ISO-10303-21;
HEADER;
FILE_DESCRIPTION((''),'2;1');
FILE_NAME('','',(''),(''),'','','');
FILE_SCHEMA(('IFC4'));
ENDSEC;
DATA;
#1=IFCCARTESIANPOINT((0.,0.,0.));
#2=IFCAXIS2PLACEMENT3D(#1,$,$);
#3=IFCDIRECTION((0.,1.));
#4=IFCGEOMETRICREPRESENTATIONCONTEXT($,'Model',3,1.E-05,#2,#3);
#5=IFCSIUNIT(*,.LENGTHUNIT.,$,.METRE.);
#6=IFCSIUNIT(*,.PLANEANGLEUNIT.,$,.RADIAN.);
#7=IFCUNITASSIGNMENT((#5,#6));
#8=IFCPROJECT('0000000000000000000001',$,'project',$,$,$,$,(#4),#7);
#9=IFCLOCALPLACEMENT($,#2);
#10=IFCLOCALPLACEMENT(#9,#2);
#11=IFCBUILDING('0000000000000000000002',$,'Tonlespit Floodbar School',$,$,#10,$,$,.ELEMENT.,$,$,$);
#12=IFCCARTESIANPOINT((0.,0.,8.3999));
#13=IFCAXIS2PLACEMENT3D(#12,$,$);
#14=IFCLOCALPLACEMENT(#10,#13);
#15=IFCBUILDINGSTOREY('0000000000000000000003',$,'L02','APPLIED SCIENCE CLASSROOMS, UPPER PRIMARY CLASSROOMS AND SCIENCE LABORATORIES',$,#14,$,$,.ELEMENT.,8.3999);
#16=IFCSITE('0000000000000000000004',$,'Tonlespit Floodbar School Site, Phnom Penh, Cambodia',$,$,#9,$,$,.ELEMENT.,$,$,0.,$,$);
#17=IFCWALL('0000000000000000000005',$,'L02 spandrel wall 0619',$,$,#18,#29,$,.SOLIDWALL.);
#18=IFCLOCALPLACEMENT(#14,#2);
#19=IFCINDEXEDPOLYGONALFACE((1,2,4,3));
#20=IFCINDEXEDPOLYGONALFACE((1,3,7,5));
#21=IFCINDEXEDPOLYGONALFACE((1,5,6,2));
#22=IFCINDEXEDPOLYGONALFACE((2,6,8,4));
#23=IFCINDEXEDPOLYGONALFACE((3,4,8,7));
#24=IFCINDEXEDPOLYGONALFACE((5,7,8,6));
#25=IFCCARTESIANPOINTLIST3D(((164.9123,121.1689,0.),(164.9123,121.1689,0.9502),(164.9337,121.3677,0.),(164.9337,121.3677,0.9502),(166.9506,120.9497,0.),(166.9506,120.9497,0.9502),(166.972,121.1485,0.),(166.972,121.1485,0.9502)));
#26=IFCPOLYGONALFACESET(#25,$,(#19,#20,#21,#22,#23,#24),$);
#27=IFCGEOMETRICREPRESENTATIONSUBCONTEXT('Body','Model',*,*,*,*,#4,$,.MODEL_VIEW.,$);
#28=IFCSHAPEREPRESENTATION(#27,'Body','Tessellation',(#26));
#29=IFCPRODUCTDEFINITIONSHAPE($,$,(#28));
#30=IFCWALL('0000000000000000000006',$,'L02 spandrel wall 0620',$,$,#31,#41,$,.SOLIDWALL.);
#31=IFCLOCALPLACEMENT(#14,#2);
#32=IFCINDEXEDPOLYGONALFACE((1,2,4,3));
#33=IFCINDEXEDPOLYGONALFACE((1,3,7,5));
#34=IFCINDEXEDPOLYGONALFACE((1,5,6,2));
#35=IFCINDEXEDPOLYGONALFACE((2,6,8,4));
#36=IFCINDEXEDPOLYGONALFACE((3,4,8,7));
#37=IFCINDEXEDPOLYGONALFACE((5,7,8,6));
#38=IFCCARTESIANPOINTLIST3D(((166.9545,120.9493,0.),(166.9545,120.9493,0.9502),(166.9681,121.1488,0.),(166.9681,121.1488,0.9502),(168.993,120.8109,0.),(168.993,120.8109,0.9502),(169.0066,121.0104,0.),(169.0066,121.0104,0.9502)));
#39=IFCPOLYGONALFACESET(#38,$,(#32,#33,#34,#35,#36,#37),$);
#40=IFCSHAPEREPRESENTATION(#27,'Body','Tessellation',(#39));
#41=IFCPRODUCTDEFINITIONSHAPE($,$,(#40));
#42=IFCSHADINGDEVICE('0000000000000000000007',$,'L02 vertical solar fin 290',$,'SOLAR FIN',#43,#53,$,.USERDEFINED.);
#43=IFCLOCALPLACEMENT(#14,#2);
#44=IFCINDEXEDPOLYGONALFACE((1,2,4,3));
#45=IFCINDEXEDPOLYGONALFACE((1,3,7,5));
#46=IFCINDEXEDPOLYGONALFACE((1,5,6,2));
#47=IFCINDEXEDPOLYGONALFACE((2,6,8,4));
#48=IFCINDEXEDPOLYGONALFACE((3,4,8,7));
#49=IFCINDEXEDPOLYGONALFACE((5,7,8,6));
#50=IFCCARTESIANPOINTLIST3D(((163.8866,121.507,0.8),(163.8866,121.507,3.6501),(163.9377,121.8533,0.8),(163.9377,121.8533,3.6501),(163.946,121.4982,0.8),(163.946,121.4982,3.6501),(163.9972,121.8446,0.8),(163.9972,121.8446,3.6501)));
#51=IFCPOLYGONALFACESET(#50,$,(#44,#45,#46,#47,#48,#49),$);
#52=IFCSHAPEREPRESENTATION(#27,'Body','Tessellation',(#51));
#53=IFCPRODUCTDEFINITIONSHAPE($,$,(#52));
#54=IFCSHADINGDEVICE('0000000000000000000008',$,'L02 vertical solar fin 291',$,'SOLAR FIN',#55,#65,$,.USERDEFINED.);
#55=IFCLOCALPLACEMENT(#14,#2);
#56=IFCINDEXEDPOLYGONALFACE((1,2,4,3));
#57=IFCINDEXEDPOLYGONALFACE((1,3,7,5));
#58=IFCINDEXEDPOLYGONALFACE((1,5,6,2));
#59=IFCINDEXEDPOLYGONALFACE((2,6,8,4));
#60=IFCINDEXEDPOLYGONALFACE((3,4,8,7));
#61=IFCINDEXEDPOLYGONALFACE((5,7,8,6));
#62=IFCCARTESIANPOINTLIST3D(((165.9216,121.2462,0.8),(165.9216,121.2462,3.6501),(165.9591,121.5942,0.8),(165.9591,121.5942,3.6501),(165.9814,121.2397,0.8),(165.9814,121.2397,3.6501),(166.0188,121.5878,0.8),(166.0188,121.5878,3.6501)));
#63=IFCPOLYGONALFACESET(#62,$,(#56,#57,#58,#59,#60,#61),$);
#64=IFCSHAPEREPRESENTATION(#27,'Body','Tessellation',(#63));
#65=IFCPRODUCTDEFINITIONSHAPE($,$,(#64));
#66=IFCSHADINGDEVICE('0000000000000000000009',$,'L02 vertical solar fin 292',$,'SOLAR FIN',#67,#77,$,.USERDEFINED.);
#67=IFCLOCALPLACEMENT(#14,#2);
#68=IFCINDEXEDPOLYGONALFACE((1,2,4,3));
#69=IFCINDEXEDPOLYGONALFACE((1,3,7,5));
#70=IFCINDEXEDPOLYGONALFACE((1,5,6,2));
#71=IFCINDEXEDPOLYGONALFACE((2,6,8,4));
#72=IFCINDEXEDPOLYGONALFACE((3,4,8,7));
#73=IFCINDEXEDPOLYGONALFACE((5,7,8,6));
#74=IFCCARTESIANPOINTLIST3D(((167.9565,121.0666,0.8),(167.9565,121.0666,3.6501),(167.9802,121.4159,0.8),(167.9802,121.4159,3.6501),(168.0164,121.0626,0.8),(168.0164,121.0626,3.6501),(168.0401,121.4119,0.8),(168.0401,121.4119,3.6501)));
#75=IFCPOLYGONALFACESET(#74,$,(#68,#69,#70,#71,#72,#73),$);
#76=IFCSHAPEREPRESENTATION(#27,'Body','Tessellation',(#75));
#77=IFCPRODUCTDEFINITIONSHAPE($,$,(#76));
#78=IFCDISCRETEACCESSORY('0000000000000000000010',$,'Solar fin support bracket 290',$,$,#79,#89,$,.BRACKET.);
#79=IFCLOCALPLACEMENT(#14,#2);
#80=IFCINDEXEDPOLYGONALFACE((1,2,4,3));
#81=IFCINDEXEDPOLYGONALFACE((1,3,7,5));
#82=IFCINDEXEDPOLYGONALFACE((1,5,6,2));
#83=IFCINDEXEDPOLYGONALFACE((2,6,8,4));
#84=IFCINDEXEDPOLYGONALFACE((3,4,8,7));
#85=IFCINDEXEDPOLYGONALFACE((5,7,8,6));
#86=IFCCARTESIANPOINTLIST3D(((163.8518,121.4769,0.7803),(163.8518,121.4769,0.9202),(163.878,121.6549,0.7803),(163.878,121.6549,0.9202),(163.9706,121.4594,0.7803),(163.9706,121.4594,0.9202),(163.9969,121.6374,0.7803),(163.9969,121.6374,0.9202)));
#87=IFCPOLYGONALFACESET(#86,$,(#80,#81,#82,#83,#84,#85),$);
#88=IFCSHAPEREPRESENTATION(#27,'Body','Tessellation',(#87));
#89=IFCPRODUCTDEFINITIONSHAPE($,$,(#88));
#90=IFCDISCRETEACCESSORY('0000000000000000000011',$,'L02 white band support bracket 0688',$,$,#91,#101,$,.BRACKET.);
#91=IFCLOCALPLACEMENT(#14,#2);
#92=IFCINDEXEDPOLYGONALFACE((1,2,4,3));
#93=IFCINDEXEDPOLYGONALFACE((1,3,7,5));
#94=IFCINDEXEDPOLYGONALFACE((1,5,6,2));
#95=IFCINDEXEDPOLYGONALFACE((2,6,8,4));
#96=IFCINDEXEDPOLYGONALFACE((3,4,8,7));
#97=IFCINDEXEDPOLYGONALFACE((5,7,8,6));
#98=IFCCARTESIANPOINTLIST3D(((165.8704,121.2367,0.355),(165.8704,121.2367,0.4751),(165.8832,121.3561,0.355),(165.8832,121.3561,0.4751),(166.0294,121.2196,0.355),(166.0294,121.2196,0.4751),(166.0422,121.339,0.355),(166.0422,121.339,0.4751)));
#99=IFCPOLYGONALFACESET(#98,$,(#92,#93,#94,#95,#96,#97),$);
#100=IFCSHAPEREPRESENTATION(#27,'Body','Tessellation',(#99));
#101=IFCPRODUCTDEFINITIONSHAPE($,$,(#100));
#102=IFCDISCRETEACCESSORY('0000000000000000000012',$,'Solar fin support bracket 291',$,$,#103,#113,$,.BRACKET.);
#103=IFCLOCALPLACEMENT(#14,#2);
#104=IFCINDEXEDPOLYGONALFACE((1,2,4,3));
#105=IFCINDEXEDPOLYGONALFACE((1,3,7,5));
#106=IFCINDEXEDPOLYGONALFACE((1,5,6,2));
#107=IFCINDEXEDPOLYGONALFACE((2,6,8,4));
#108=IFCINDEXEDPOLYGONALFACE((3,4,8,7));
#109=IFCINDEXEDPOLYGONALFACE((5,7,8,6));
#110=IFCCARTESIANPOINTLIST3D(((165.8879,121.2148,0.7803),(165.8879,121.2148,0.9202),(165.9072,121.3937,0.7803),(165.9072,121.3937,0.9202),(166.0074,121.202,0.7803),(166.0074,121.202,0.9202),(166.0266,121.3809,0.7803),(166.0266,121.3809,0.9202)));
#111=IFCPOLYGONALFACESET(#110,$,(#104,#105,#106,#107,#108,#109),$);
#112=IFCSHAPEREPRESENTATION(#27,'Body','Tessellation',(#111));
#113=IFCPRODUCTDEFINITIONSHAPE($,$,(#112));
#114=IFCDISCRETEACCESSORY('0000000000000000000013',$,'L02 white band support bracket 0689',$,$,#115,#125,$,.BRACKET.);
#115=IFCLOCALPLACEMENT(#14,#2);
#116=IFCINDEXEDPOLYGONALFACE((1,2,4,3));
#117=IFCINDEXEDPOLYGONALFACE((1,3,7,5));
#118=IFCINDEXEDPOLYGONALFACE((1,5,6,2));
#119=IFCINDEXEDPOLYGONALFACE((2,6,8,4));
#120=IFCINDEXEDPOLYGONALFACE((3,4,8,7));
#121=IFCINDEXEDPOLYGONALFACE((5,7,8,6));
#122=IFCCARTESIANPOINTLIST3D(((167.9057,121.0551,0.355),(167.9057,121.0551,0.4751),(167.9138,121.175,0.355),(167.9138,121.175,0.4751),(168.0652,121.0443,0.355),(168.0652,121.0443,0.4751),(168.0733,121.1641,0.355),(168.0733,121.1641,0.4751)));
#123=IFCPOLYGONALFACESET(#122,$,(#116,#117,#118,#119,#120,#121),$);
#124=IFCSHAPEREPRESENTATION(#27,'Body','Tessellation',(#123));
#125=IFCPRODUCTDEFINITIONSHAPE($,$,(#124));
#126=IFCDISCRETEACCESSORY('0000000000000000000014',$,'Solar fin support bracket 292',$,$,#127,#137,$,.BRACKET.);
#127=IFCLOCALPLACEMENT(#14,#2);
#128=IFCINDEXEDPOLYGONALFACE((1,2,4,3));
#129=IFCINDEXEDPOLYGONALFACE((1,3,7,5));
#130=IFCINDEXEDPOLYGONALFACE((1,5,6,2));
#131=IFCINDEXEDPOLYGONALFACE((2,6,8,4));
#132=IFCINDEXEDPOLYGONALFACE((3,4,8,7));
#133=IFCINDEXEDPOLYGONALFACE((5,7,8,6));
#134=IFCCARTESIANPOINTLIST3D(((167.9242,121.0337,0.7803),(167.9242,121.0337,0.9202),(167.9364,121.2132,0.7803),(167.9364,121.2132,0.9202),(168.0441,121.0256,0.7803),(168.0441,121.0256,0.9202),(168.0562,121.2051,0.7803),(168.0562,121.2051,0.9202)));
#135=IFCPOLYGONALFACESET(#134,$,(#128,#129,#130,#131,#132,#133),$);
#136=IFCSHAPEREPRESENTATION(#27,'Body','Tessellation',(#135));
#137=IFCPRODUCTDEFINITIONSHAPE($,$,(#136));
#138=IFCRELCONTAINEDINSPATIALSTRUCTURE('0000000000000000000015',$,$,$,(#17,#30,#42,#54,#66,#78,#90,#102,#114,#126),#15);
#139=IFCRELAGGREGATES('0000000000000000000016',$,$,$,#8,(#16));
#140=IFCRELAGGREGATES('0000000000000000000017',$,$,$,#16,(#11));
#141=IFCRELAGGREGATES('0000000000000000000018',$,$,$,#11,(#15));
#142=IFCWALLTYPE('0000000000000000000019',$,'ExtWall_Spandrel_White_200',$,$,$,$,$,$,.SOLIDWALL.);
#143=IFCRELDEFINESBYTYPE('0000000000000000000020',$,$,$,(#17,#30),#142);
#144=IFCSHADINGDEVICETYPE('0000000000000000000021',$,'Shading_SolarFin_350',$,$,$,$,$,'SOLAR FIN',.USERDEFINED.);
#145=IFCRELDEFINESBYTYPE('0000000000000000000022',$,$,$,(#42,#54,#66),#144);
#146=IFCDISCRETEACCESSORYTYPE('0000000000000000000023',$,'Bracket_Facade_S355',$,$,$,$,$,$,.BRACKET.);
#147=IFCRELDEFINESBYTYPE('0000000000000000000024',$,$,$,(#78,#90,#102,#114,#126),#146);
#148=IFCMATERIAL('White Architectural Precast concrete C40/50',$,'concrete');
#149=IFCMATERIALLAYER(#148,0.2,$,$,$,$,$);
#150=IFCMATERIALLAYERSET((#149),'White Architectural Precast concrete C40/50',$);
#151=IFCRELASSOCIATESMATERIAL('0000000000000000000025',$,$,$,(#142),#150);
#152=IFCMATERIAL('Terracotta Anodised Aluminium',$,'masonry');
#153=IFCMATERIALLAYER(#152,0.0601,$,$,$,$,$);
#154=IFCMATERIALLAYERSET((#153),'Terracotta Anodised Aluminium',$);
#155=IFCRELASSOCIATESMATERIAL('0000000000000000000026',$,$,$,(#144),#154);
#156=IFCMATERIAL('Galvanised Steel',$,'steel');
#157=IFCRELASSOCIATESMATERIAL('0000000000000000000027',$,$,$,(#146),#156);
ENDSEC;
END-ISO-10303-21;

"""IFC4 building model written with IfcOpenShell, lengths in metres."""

from ifc_helpers import new_model, si_unit, direction, frame, frame_2d, origin, origin_2d, place, context, subcontext, project, spatial, rectangle, extrude, material, layer, layer_set, type_object, element, save


model = new_model("IFC4")

# Units and contexts
model_context = context("Model", 3, precision=1e-05, world=origin(), true_north=direction((0.0, 1.0)))
body_context = subcontext(model_context, "Body", "Model", "MODEL_VIEW")
ifc_project = project(units=[si_unit("LENGTHUNIT", "METRE"), si_unit("PLANEANGLEUNIT", "RADIAN")], contexts=[model_context])

# Site, building, storey
site_placement = place(None, origin())
site = spatial("IfcSite", under=ifc_project, at=site_placement, Name="Tonlespit Floodbar School Site, Phnom Penh, Cambodia", CompositionType="ELEMENT", RefElevation=0.0)
building_placement = place(site_placement, origin())
building = spatial("IfcBuilding", under=site, at=building_placement, Name="Tonlespit Floodbar School", CompositionType="ELEMENT")
storey_placement = place(building_placement, frame((0.0, 0.0, 8.3999)))
storey = spatial("IfcBuildingStorey", under=building, at=storey_placement, Name="L02", Description="APPLIED SCIENCE CLASSROOMS, UPPER PRIMARY CLASSROOMS AND SCIENCE LABORATORIES", CompositionType="ELEMENT", Elevation=8.3999)

# Walls
ifc_material_1 = material(Name="White Architectural Precast concrete C40/50", Category="concrete")
ifc_layer_1 = layer(ifc_material_1, 0.2)
ifc_layer_set_1 = layer_set([ifc_layer_1], Name="White Architectural Precast concrete C40/50")
wall_type_1 = type_object("IfcWallType", Name="ExtWall_Spandrel_White_200", PredefinedType="SOLIDWALL", material=ifc_layer_set_1)
wall_1_placement = place(storey_placement, frame((164.9231, 121.2683, 0.0), z_axis=(0.0, 0.0, 1.0), x_axis=(0.994265, -0.106941, 0.0)))
element("IfcWall", 1, at=wall_1_placement, inside=storey, type_object=wall_type_1, Name="L02 spandrel wall 0619", PredefinedType="SOLIDWALL", context=body_context, shape_type="SweptSolid", body=[
    extrude(rectangle(XDim=2.05, YDim=0.2, at=frame_2d((1.0249, 0.0))), origin(), (0.0, 0.0, 1.0), 0.9502),
])
wall_2_placement = place(storey_placement, frame((166.9614, 121.0491, 0.0), z_axis=(0.0, 0.0, 1.0), x_axis=(0.997702, -0.067748, 0.0)))
element("IfcWall", 2, at=wall_2_placement, inside=storey, type_object=wall_type_1, Name="L02 spandrel wall 0620", PredefinedType="SOLIDWALL", context=body_context, shape_type="SweptSolid", body=[
    extrude(rectangle(XDim=2.0432, YDim=0.2, at=frame_2d((1.0215, 0.0))), origin(), (0.0, 0.0, 1.0), 0.9502),
])

# Shared definitions
ifc_material_2 = material(Name="Galvanised Steel", Category="steel")

# Shading devices
ifc_material_3 = material(Name="Terracotta Anodised Aluminium", Category="masonry")
ifc_layer_2 = layer(ifc_material_3, 0.0601)
ifc_layer_set_2 = layer_set([ifc_layer_2], Name="Terracotta Anodised Aluminium")
shading_device_type = type_object("IfcShadingDeviceType", Name="Shading_SolarFin_350", ElementType="SOLAR FIN", PredefinedType="USERDEFINED", material=ifc_layer_set_2)
for number, where, z_axis, x_axis, name in (
    (3, (163.9419, 121.6758, 0.8), (0.0, 0.0, 1.0), (0.989288, -0.145979, 0.0), "L02 vertical solar fin 290"),
    (4, (165.9702, 121.417, 0.8), (0.0, 0.0, 1.0), (0.994268, -0.106918, 0.0), "L02 vertical solar fin 291"),
    (5, (167.9983, 121.2393, 0.8), (0.0, 0.0, 1.0), (0.997707, -0.067688, 0.0), "L02 vertical solar fin 292"),
):
    element("IfcShadingDevice", number, at=place(storey_placement, frame(where, z_axis=z_axis, x_axis=x_axis)), inside=storey, type_object=shading_device_type, Name=name, ObjectType="SOLAR FIN", PredefinedType="USERDEFINED", context=body_context, shape_type="SweptSolid", body=[
        extrude(rectangle(XDim=0.0601, YDim=0.3501, at=origin_2d()), origin(), (0.0, 0.0, 1.0), 2.8501),
    ])

# Discrete accessories
discrete_accessory_type = type_object("IfcDiscreteAccessoryType", Name="Bracket_Facade_S355", PredefinedType="BRACKET", material=ifc_material_2)
discrete_accessory_1_placement = place(storey_placement, frame((163.9243, 121.5571, 0.7803), z_axis=(0.0, 0.0, 1.0), x_axis=(0.989288, -0.145979, 0.0)))
element("IfcDiscreteAccessory", 6, at=discrete_accessory_1_placement, inside=storey, type_object=discrete_accessory_type, Name="Solar fin support bracket 290", PredefinedType="BRACKET", context=body_context, shape_type="SweptSolid", body=[
    extrude(rectangle(XDim=0.1201, YDim=0.1799, at=origin_2d()), origin(), (0.0, 0.0, 1.0), 0.1399),
])
discrete_accessory_2_placement = place(storey_placement, frame((165.9563, 121.2878, 0.355), z_axis=(0.0, 0.0, 1.0), x_axis=(0.994268, -0.106918, 0.0)))
element("IfcDiscreteAccessory", 7, at=discrete_accessory_2_placement, inside=storey, type_object=discrete_accessory_type, Name="L02 white band support bracket 0688", PredefinedType="BRACKET", context=body_context, shape_type="SweptSolid", body=[
    extrude(rectangle(XDim=0.1599, YDim=0.1201, at=origin_2d()), origin(), (0.0, 0.0, 1.0), 0.1201),
])
discrete_accessory_3_placement = place(storey_placement, frame((165.9573, 121.2979, 0.7803), z_axis=(0.0, 0.0, 1.0), x_axis=(0.994268, -0.106918, 0.0)))
element("IfcDiscreteAccessory", 8, at=discrete_accessory_3_placement, inside=storey, type_object=discrete_accessory_type, Name="Solar fin support bracket 291", PredefinedType="BRACKET", context=body_context, shape_type="SweptSolid", body=[
    extrude(rectangle(XDim=0.1201, YDim=0.1799, at=origin_2d()), origin(), (0.0, 0.0, 1.0), 0.1399),
])
discrete_accessory_4_placement = place(storey_placement, frame((167.9895, 121.1096, 0.355), z_axis=(0.0, 0.0, 1.0), x_axis=(0.997707, -0.067688, 0.0)))
element("IfcDiscreteAccessory", 9, at=discrete_accessory_4_placement, inside=storey, type_object=discrete_accessory_type, Name="L02 white band support bracket 0689", PredefinedType="BRACKET", context=body_context, shape_type="SweptSolid", body=[
    extrude(rectangle(XDim=0.1599, YDim=0.1201, at=origin_2d()), origin(), (0.0, 0.0, 1.0), 0.1201),
])
discrete_accessory_5_placement = place(storey_placement, frame((167.9902, 121.1194, 0.7803), z_axis=(0.0, 0.0, 1.0), x_axis=(0.997707, -0.067688, 0.0)))
element("IfcDiscreteAccessory", 10, at=discrete_accessory_5_placement, inside=storey, type_object=discrete_accessory_type, Name="Solar fin support bracket 292", PredefinedType="BRACKET", context=body_context, shape_type="SweptSolid", body=[
    extrude(rectangle(XDim=0.1201, YDim=0.1799, at=origin_2d()), origin(), (0.0, 0.0, 1.0), 0.1399),
])

save(model, "model.ifc")
